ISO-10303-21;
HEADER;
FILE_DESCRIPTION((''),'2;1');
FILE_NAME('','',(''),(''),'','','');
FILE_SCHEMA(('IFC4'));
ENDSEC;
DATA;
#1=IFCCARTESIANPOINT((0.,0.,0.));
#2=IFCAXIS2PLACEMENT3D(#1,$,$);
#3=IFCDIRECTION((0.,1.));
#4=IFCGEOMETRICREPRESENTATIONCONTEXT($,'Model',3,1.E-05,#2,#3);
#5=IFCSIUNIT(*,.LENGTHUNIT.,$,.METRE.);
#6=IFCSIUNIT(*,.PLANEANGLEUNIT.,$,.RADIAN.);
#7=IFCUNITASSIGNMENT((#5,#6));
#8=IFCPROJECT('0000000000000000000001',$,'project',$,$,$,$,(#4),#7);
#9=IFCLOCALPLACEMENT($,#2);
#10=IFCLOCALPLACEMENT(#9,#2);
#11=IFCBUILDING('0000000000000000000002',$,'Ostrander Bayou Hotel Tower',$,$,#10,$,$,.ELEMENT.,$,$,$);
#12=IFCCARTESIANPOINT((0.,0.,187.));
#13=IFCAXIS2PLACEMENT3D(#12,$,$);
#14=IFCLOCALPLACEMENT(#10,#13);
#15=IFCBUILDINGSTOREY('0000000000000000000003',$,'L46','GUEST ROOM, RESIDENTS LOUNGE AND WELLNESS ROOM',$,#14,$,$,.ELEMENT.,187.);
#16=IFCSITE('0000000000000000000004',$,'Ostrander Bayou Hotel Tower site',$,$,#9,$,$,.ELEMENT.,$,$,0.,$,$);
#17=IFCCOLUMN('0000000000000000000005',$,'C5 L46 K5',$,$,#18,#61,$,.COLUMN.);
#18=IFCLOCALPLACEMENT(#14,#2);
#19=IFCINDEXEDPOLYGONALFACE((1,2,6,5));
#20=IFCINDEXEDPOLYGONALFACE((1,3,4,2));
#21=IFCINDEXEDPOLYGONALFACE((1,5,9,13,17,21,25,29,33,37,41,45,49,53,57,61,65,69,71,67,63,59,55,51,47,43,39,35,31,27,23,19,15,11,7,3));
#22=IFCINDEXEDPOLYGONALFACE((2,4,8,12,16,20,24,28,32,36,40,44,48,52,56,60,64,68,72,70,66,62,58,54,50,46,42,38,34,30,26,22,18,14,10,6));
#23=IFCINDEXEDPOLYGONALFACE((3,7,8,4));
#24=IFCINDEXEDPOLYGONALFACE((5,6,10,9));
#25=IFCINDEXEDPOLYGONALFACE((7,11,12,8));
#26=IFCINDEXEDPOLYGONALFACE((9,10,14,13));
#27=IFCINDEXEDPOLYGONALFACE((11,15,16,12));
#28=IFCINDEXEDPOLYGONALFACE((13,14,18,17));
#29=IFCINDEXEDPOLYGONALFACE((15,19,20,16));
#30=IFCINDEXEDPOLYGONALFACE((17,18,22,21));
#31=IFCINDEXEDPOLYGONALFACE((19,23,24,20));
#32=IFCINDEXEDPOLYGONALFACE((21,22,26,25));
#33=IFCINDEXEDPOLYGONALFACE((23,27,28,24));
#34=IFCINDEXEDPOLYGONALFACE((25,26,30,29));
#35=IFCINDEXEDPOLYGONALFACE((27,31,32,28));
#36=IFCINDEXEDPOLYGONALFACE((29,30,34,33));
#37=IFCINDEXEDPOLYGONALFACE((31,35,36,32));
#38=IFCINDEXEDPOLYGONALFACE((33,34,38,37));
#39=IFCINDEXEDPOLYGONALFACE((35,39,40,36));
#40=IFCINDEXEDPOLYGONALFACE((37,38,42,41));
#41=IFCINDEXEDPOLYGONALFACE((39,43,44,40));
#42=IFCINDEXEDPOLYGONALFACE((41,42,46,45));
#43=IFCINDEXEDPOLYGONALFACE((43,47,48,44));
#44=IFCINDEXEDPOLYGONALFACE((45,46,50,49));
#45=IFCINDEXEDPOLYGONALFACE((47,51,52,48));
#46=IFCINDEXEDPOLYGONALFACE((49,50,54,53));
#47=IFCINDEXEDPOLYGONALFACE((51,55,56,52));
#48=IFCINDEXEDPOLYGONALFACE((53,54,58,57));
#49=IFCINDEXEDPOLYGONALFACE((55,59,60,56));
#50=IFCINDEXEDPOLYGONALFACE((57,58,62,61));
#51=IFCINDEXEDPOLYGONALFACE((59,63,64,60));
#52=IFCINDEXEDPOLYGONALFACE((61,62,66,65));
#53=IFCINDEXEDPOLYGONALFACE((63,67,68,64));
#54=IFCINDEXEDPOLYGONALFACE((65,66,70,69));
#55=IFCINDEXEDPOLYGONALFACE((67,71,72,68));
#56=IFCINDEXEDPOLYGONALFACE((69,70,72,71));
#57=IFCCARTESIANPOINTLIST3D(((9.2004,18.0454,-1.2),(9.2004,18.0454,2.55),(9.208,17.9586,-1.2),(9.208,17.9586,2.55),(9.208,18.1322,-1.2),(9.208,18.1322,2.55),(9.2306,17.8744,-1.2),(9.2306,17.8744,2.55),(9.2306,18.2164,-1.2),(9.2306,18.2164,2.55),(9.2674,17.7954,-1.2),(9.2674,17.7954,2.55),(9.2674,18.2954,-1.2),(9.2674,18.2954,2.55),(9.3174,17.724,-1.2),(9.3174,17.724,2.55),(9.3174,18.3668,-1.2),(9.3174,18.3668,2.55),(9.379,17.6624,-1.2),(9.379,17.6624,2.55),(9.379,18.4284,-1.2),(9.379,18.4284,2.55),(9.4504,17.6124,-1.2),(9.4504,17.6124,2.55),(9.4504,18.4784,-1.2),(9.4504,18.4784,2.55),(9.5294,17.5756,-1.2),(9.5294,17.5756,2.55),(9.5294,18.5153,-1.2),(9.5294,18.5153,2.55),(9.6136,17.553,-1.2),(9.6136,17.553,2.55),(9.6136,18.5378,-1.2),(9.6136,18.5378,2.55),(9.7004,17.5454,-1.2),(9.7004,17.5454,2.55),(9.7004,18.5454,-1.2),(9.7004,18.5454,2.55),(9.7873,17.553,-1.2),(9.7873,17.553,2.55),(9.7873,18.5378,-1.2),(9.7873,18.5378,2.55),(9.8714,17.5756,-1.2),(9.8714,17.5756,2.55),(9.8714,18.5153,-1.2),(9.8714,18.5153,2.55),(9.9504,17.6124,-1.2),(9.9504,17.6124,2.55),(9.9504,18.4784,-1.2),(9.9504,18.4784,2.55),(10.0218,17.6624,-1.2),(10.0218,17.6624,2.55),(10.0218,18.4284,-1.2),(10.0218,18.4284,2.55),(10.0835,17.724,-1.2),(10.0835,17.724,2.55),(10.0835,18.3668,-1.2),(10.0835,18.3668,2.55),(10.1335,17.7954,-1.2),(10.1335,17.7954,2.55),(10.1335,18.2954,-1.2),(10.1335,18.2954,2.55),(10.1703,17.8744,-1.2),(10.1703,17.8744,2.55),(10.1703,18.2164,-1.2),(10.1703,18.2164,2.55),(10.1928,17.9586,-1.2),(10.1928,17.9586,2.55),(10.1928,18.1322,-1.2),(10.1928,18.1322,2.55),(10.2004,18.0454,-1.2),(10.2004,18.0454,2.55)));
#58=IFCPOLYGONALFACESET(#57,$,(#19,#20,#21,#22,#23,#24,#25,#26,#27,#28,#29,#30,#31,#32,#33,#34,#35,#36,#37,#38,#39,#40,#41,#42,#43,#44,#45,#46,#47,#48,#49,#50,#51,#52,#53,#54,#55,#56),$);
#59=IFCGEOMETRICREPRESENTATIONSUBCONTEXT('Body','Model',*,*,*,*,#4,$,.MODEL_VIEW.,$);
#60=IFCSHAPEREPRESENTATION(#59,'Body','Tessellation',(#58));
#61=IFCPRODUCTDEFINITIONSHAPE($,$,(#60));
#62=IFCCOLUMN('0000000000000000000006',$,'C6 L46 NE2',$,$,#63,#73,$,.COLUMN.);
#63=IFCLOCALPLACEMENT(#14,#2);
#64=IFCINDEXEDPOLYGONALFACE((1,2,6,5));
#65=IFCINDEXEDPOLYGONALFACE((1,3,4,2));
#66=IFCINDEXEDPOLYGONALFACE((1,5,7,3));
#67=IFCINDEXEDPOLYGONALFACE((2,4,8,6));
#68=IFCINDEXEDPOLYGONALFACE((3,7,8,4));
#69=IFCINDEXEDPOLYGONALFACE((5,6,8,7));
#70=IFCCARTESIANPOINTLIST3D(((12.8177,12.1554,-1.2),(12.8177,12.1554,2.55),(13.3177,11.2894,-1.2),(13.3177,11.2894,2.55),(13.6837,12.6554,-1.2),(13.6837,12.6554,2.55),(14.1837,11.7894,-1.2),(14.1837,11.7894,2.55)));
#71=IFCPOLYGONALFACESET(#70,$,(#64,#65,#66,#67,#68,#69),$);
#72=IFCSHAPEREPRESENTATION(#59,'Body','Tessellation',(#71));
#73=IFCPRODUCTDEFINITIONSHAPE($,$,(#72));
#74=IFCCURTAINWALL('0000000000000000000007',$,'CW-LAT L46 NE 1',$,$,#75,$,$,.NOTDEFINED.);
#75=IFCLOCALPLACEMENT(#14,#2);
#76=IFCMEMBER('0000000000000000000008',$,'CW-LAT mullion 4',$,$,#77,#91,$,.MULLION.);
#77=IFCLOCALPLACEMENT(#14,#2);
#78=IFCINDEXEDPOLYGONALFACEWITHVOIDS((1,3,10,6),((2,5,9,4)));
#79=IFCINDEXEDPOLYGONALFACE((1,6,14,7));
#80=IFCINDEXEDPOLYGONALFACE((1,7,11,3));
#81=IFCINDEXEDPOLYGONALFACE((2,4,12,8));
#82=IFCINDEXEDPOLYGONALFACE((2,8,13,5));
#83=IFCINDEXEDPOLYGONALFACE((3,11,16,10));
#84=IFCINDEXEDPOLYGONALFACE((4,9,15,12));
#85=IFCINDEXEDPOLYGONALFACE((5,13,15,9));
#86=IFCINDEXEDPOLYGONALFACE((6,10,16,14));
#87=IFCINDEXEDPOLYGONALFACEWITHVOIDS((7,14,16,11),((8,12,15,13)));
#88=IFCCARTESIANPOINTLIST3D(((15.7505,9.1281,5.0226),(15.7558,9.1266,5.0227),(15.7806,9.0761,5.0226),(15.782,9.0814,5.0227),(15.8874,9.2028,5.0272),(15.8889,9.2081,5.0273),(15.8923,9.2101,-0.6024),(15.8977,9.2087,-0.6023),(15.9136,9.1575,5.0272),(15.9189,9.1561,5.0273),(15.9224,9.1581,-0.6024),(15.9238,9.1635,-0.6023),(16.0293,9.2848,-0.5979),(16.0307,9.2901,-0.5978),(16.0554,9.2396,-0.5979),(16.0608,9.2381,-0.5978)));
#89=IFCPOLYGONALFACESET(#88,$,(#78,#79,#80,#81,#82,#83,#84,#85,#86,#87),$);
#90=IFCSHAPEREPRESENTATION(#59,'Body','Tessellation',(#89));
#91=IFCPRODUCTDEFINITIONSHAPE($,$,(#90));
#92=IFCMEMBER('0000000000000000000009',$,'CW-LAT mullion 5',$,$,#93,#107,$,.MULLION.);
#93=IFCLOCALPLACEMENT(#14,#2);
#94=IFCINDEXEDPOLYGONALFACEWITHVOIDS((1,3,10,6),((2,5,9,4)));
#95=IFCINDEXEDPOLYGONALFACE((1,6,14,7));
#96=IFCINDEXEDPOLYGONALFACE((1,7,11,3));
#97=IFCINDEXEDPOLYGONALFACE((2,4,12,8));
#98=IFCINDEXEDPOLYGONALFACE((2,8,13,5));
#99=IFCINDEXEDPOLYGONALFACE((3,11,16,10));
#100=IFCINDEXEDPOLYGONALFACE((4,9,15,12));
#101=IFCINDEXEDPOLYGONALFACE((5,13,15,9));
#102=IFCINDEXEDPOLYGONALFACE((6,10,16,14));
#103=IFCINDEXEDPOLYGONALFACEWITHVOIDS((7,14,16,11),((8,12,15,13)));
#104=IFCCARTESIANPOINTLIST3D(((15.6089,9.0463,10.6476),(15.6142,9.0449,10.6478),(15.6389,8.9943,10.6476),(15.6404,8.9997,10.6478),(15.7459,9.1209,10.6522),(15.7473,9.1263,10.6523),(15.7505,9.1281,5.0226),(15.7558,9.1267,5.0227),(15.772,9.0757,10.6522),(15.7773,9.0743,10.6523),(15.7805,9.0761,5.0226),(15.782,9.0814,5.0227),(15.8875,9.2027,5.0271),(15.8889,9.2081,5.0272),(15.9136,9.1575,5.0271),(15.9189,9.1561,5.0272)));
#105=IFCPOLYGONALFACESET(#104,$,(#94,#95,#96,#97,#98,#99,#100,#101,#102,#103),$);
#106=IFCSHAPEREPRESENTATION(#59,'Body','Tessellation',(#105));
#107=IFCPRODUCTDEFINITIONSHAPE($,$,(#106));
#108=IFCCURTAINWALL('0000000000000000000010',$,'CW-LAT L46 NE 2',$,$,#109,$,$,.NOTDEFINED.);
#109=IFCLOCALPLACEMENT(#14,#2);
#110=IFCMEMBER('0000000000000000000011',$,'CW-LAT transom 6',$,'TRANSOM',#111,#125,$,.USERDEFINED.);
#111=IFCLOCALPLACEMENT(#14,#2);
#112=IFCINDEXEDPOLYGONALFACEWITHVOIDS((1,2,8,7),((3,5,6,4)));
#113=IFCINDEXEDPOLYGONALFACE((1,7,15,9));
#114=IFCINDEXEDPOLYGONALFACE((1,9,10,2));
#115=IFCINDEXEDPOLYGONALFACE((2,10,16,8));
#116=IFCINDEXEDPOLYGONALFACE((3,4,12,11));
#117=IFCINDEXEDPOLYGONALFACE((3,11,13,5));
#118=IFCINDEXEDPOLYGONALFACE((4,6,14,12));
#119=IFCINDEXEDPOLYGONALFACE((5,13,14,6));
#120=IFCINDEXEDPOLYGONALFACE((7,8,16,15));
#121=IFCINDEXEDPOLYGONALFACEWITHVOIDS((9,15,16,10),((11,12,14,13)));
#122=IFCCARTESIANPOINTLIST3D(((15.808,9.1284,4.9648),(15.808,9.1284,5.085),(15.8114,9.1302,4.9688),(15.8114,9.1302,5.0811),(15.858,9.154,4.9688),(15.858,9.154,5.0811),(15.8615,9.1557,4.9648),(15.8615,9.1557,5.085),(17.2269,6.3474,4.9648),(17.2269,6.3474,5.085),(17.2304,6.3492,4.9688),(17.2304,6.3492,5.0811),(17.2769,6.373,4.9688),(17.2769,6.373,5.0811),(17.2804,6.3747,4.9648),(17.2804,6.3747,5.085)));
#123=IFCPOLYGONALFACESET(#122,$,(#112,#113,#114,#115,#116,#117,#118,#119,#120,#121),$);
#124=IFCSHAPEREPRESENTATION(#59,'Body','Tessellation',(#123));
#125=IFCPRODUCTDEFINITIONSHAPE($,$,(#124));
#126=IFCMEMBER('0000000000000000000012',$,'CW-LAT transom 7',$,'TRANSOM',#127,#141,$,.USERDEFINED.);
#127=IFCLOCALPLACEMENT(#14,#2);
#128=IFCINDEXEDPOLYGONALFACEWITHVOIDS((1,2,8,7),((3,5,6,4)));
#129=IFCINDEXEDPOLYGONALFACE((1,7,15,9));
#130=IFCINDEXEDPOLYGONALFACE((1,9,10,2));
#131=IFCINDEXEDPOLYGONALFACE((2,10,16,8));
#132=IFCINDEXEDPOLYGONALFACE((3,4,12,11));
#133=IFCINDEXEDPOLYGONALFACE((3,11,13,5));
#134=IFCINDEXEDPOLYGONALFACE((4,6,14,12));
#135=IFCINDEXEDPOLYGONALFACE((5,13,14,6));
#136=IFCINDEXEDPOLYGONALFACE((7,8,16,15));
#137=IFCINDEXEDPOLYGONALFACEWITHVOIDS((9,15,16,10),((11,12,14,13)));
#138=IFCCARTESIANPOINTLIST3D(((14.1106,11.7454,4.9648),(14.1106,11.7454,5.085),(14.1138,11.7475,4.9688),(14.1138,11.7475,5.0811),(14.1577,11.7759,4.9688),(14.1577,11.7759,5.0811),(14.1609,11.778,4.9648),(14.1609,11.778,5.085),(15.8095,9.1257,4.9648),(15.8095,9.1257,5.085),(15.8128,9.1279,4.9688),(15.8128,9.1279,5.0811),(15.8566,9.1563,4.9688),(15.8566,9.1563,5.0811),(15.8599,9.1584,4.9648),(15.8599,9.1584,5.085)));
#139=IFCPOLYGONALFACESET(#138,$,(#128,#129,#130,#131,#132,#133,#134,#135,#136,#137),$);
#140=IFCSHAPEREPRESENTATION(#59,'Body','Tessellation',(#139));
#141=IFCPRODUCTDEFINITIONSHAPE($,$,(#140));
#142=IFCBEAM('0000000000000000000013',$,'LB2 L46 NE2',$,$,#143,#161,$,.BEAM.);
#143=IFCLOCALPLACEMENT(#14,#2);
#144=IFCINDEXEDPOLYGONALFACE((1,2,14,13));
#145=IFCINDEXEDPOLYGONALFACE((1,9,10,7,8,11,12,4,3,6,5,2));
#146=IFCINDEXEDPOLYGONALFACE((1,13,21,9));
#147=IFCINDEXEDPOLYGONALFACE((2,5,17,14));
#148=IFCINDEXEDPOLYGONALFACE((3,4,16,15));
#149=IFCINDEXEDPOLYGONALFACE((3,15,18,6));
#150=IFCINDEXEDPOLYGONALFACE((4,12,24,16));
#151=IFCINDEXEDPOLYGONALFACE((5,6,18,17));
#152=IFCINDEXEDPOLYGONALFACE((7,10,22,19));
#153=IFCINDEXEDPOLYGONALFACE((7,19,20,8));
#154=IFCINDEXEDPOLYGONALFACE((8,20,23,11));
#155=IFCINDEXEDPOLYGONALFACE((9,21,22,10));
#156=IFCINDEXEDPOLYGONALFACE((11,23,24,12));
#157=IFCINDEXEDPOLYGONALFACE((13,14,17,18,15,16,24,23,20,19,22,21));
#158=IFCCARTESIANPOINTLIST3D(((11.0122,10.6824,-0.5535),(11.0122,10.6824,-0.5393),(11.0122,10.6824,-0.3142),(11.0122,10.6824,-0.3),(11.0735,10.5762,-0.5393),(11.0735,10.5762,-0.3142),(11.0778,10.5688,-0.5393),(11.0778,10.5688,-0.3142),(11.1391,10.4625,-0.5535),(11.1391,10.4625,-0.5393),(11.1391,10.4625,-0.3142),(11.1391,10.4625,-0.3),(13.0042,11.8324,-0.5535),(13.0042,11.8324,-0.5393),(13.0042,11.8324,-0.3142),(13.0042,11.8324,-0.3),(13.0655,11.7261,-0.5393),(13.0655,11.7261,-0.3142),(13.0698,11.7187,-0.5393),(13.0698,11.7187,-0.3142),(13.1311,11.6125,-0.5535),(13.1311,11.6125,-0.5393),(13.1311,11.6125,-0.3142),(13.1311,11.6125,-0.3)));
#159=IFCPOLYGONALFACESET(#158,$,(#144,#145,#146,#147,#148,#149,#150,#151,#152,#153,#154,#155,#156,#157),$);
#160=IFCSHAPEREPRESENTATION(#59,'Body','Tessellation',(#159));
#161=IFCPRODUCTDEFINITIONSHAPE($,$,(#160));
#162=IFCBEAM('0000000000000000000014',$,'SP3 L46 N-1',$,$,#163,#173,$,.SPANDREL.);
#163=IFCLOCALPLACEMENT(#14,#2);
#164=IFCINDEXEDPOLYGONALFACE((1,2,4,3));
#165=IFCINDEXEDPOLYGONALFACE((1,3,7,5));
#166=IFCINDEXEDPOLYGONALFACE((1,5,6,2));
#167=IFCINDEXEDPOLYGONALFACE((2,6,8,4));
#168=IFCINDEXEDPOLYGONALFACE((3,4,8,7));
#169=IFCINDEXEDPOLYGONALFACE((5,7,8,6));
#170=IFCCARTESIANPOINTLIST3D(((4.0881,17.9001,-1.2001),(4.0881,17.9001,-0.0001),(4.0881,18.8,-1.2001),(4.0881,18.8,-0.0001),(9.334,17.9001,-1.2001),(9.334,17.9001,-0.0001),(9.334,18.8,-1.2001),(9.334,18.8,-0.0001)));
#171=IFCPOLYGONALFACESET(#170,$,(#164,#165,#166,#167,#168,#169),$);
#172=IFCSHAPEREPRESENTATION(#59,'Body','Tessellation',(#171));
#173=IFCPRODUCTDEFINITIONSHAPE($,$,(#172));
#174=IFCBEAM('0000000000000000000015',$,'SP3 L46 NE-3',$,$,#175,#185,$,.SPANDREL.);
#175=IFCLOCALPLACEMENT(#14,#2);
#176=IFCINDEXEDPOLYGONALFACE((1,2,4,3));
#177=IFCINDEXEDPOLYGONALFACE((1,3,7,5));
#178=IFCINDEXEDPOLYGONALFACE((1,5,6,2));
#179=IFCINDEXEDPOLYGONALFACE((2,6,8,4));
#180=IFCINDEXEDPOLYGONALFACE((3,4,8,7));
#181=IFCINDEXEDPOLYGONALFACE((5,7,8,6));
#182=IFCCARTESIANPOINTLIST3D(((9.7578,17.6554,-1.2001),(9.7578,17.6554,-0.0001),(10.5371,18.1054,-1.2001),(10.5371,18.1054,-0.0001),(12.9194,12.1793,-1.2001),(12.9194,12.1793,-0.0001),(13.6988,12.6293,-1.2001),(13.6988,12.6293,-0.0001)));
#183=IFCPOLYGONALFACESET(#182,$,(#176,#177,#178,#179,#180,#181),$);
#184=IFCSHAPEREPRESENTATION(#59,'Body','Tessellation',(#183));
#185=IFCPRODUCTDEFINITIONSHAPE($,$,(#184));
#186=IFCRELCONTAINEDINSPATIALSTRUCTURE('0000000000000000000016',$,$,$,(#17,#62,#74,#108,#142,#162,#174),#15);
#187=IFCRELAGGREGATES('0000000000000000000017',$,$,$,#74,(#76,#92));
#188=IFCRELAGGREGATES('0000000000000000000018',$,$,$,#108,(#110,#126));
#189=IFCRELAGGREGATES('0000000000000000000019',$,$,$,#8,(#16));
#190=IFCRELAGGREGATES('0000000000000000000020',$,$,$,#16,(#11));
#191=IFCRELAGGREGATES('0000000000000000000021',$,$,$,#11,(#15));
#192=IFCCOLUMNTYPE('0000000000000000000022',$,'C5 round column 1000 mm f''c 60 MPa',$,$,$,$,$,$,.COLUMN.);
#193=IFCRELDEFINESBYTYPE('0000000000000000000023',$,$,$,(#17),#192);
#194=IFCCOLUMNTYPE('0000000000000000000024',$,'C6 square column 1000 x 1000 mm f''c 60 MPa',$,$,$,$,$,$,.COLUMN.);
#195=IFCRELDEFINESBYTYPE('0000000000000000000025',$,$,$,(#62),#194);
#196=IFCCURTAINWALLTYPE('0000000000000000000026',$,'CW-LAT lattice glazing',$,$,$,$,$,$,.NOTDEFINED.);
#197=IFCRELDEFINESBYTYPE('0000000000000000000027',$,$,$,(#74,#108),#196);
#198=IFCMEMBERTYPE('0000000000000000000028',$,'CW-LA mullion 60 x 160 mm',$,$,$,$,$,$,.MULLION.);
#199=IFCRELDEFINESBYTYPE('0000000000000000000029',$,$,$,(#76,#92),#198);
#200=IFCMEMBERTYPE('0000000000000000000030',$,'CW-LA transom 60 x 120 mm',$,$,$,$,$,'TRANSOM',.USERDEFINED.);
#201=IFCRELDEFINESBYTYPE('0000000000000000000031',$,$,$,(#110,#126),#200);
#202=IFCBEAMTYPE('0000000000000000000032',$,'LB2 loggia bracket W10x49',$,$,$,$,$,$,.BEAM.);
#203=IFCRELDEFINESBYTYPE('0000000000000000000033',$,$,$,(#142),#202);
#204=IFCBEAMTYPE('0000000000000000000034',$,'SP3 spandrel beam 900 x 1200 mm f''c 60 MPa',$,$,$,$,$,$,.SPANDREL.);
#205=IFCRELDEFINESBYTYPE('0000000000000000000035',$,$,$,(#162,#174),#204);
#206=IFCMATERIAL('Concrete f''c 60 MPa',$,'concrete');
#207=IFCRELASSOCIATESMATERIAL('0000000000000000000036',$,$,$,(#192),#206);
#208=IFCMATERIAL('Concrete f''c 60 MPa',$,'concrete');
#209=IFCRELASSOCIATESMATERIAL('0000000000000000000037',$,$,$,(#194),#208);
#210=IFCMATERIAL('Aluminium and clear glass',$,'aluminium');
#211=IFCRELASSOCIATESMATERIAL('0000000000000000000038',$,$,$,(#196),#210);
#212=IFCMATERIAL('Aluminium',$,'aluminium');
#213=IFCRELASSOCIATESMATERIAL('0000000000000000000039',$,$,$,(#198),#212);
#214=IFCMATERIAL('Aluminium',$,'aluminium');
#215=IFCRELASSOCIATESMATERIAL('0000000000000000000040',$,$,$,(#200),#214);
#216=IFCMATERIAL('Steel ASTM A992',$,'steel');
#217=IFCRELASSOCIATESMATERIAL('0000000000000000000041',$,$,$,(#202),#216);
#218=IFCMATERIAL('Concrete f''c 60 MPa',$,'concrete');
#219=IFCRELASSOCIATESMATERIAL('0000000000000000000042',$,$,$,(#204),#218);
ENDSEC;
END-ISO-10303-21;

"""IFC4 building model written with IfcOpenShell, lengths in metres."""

from ifc_helpers import new_model, si_unit, direction, frame, origin, origin_2d, place, context, subcontext, project, spatial, rectangle, hollow_rectangle, circle, i_section, extrude, material, material_profile, profile_set, type_object, element, aggregate, save


model = new_model("IFC4")

# Units and contexts
model_context = context("Model", 3, precision=1e-05, world=origin(), true_north=direction((0.0, 1.0)))
body_context = subcontext(model_context, "Body", "Model", "MODEL_VIEW")
ifc_project = project(units=[si_unit("LENGTHUNIT", "METRE"), si_unit("PLANEANGLEUNIT", "RADIAN")], contexts=[model_context])

# Site, building, storey
site_placement = place(None, origin())
site = spatial("IfcSite", under=ifc_project, at=site_placement, Name="Ostrander Bayou Hotel Tower site", CompositionType="ELEMENT", RefElevation=0.0)
building_placement = place(site_placement, origin())
building = spatial("IfcBuilding", under=site, at=building_placement, Name="Ostrander Bayou Hotel Tower", CompositionType="ELEMENT")
storey_placement = place(building_placement, frame((0.0, 0.0, 187.0)))
storey = spatial("IfcBuildingStorey", under=building, at=storey_placement, Name="L46", Description="GUEST ROOM, RESIDENTS LOUNGE AND WELLNESS ROOM", CompositionType="ELEMENT", Elevation=187.0)

# Columns
ifc_material_1 = material(Name="Concrete f'c 60 MPa", Category="concrete")
ifc_material_profile_1 = material_profile(ifc_material_1, circle(Radius=0.5, at=origin_2d()))
ifc_profile_set_1 = profile_set([ifc_material_profile_1], Name="Concrete f'c 60 MPa")
column_type_1 = type_object("IfcColumnType", Name="C5 round column 1000 mm f'c 60 MPa", PredefinedType="COLUMN", material=ifc_profile_set_1)
column_1_placement = place(storey_placement, frame((9.7004, 18.0454, -1.2), z_axis=(0.0, 0.0, 1.0), x_axis=(1.0, 0.0, 0.0)))
element("IfcColumn", 1, at=column_1_placement, inside=storey, type_object=column_type_1, Name="C5 L46 K5", PredefinedType="COLUMN", context=body_context, shape_type="SweptSolid", body=[
    extrude(circle(Radius=0.5, at=origin_2d()), origin(), (0.0, 0.0, 1.0), 3.75),
])
ifc_material_2 = material(Name="Concrete f'c 60 MPa", Category="concrete")
ifc_material_profile_2 = material_profile(ifc_material_2, rectangle(XDim=1.0, YDim=1.0, at=origin_2d()))
ifc_profile_set_2 = profile_set([ifc_material_profile_2], Name="Concrete f'c 60 MPa")
column_type_2 = type_object("IfcColumnType", Name="C6 square column 1000 x 1000 mm f'c 60 MPa", PredefinedType="COLUMN", material=ifc_profile_set_2)
column_2_placement = place(storey_placement, frame((13.5007, 11.9724, -1.2), z_axis=(0.0, 0.0, 1.0), x_axis=(0.5, -0.866025, 0.0)))
element("IfcColumn", 2, at=column_2_placement, inside=storey, type_object=column_type_2, Name="C6 L46 NE2", PredefinedType="COLUMN", context=body_context, shape_type="SweptSolid", body=[
    extrude(rectangle(XDim=1.0, YDim=1.0, at=origin_2d()), origin(), (0.0, 0.0, 1.0), 3.75),
])

# Curtain walls, members
ifc_material_3 = material(Name="Aluminium and clear glass", Category="aluminium")
curtain_wall_type = type_object("IfcCurtainWallType", Name="CW-LAT lattice glazing", PredefinedType="NOTDEFINED", material=ifc_material_3)
curtain_wall_1_placement = place(storey_placement, origin())
curtain_wall_1 = element("IfcCurtainWall", 3, at=curtain_wall_1_placement, inside=storey, type_object=curtain_wall_type, Name="CW-LAT L46 NE 1", PredefinedType="NOTDEFINED")
ifc_material_4 = material(Name="Aluminium", Category="aluminium")
ifc_material_profile_3 = material_profile(ifc_material_4, hollow_rectangle(XDim=0.0601, YDim=0.1599, WallThickness=0.0039, at=origin_2d()))
ifc_profile_set_3 = profile_set([ifc_material_profile_3], Name="Aluminium")
member_type_1 = type_object("IfcMemberType", Name="CW-LA mullion 60 x 160 mm", PredefinedType="MULLION", material=ifc_profile_set_3)
member_1_placement = place(storey_placement, frame((15.9766, 9.2241, -0.6001), z_axis=(-0.025206, -0.014577, 0.999576), x_axis=(0.500625, -0.865664, 0.0)))
member_1 = element("IfcMember", 4, at=member_1_placement, type_object=member_type_1, Name="CW-LAT mullion 4", PredefinedType="MULLION", context=body_context, shape_type="SweptSolid", body=[
    extrude(hollow_rectangle(XDim=0.0601, YDim=0.1599, WallThickness=0.0039, at=origin_2d()), origin(), (0.0, 0.0, 1.0), 5.6274),
])
member_2_placement = place(storey_placement, frame((15.8347, 9.1421, 5.0249), z_axis=(-0.025163, -0.014534, 0.999578), x_axis=(0.500153, -0.865937, 0.0)))
member_2 = element("IfcMember", 5, at=member_2_placement, type_object=member_type_1, Name="CW-LAT mullion 5", PredefinedType="MULLION", context=body_context, shape_type="SweptSolid", body=[
    extrude(hollow_rectangle(XDim=0.0601, YDim=0.1599, WallThickness=0.0039, at=origin_2d()), origin(), (0.0, 0.0, 1.0), 5.6274),
])
curtain_wall_2_placement = place(storey_placement, origin())
curtain_wall_2 = element("IfcCurtainWall", 6, at=curtain_wall_2_placement, inside=storey, type_object=curtain_wall_type, Name="CW-LAT L46 NE 2", PredefinedType="NOTDEFINED")
ifc_material_5 = material(Name="Aluminium", Category="aluminium")
ifc_material_profile_4 = material_profile(ifc_material_5, hollow_rectangle(XDim=0.0601, YDim=0.1201, WallThickness=0.0039, at=origin_2d()))
ifc_profile_set_4 = profile_set([ifc_material_profile_4], Name="Aluminium")
member_type_2 = type_object("IfcMemberType", Name="CW-LA transom 60 x 120 mm", ElementType="TRANSOM", PredefinedType="USERDEFINED", material=ifc_profile_set_4)
member_3_placement = place(storey_placement, frame((15.8347, 9.1421, 5.0249), z_axis=(0.454487, -0.890753, 0.0), x_axis=(0.890753, 0.454487, 0.0)))
member_3 = element("IfcMember", 7, at=member_3_placement, type_object=member_type_2, Name="CW-LAT transom 6", ObjectType="TRANSOM", PredefinedType="USERDEFINED", context=body_context, shape_type="SweptSolid", body=[
    extrude(hollow_rectangle(XDim=0.0601, YDim=0.1201, WallThickness=0.0039, at=origin_2d()), origin(), (0.0, 0.0, 1.0), 3.1221),
])
member_4_placement = place(storey_placement, frame((15.8347, 9.1421, 5.0249), z_axis=(-0.544136, 0.838997, 0.0), x_axis=(-0.838997, -0.544136, 0.0)))
member_4 = element("IfcMember", 8, at=member_4_placement, type_object=member_type_2, Name="CW-LAT transom 7", ObjectType="TRANSOM", PredefinedType="USERDEFINED", context=body_context, shape_type="SweptSolid", body=[
    extrude(hollow_rectangle(XDim=0.0601, YDim=0.1201, WallThickness=0.0039, at=origin_2d()), origin(), (0.0, 0.0, 1.0), 3.1223),
])

# Beams
ifc_material_6 = material(Name="Steel ASTM A992", Category="steel")
ifc_material_profile_5 = material_profile(ifc_material_6, i_section(OverallWidth=0.2539, OverallDepth=0.2534, WebThickness=0.0085, FlangeThickness=0.0142, at=origin_2d()))
ifc_profile_set_5 = profile_set([ifc_material_profile_5], Name="Steel ASTM A992")
beam_type_1 = type_object("IfcBeamType", Name="LB2 loggia bracket W10x49", PredefinedType="BEAM", material=ifc_profile_set_5)
beam_1_placement = place(storey_placement, frame((13.0676, 11.7224, -0.4268), z_axis=(-0.866053, -0.499952, 0.0), x_axis=(0.499952, -0.866053, 0.0)))
element("IfcBeam", 9, at=beam_1_placement, inside=storey, type_object=beam_type_1, Name="LB2 L46 NE2", PredefinedType="BEAM", context=body_context, shape_type="SweptSolid", body=[
    extrude(i_section(OverallWidth=0.2539, OverallDepth=0.2534, WebThickness=0.0085, FlangeThickness=0.0142, at=origin_2d()), origin(), (0.0, 0.0, 1.0), 2.3),
])
ifc_material_7 = material(Name="Concrete f'c 60 MPa", Category="concrete")
ifc_material_profile_6 = material_profile(ifc_material_7, rectangle(XDim=0.8999, YDim=1.2, at=origin_2d()))
ifc_profile_set_6 = profile_set([ifc_material_profile_6], Name="Concrete f'c 60 MPa")
beam_type_2 = type_object("IfcBeamType", Name="SP3 spandrel beam 900 x 1200 mm f'c 60 MPa", PredefinedType="SPANDREL", material=ifc_profile_set_6)
beam_2_placement = place(storey_placement, frame((9.334, 18.3501, -0.6001), z_axis=(-1.0, 0.0, 0.0), x_axis=(0.0, -1.0, 0.0)))
element("IfcBeam", 10, at=beam_2_placement, inside=storey, type_object=beam_type_2, Name="SP3 L46 N-1", PredefinedType="SPANDREL", context=body_context, shape_type="SweptSolid", body=[
    extrude(rectangle(XDim=0.8999, YDim=1.2, at=origin_2d()), origin(), (0.0, 0.0, 1.0), 5.2458),
])
beam_3_placement = place(storey_placement, frame((13.3091, 12.4043, -0.6001), z_axis=(-0.500001, 0.866025, 0.0), x_axis=(-0.866025, -0.500001, 0.0)))
element("IfcBeam", 11, at=beam_3_placement, inside=storey, type_object=beam_type_2, Name="SP3 L46 NE-3", PredefinedType="SPANDREL", context=body_context, shape_type="SweptSolid", body=[
    extrude(rectangle(XDim=0.8999, YDim=1.2, at=origin_2d()), origin(), (0.0, 0.0, 1.0), 6.3232),
])

aggregate(curtain_wall_1, [member_1, member_2])
aggregate(curtain_wall_2, [member_3, member_4])

save(model, "model.ifc")
